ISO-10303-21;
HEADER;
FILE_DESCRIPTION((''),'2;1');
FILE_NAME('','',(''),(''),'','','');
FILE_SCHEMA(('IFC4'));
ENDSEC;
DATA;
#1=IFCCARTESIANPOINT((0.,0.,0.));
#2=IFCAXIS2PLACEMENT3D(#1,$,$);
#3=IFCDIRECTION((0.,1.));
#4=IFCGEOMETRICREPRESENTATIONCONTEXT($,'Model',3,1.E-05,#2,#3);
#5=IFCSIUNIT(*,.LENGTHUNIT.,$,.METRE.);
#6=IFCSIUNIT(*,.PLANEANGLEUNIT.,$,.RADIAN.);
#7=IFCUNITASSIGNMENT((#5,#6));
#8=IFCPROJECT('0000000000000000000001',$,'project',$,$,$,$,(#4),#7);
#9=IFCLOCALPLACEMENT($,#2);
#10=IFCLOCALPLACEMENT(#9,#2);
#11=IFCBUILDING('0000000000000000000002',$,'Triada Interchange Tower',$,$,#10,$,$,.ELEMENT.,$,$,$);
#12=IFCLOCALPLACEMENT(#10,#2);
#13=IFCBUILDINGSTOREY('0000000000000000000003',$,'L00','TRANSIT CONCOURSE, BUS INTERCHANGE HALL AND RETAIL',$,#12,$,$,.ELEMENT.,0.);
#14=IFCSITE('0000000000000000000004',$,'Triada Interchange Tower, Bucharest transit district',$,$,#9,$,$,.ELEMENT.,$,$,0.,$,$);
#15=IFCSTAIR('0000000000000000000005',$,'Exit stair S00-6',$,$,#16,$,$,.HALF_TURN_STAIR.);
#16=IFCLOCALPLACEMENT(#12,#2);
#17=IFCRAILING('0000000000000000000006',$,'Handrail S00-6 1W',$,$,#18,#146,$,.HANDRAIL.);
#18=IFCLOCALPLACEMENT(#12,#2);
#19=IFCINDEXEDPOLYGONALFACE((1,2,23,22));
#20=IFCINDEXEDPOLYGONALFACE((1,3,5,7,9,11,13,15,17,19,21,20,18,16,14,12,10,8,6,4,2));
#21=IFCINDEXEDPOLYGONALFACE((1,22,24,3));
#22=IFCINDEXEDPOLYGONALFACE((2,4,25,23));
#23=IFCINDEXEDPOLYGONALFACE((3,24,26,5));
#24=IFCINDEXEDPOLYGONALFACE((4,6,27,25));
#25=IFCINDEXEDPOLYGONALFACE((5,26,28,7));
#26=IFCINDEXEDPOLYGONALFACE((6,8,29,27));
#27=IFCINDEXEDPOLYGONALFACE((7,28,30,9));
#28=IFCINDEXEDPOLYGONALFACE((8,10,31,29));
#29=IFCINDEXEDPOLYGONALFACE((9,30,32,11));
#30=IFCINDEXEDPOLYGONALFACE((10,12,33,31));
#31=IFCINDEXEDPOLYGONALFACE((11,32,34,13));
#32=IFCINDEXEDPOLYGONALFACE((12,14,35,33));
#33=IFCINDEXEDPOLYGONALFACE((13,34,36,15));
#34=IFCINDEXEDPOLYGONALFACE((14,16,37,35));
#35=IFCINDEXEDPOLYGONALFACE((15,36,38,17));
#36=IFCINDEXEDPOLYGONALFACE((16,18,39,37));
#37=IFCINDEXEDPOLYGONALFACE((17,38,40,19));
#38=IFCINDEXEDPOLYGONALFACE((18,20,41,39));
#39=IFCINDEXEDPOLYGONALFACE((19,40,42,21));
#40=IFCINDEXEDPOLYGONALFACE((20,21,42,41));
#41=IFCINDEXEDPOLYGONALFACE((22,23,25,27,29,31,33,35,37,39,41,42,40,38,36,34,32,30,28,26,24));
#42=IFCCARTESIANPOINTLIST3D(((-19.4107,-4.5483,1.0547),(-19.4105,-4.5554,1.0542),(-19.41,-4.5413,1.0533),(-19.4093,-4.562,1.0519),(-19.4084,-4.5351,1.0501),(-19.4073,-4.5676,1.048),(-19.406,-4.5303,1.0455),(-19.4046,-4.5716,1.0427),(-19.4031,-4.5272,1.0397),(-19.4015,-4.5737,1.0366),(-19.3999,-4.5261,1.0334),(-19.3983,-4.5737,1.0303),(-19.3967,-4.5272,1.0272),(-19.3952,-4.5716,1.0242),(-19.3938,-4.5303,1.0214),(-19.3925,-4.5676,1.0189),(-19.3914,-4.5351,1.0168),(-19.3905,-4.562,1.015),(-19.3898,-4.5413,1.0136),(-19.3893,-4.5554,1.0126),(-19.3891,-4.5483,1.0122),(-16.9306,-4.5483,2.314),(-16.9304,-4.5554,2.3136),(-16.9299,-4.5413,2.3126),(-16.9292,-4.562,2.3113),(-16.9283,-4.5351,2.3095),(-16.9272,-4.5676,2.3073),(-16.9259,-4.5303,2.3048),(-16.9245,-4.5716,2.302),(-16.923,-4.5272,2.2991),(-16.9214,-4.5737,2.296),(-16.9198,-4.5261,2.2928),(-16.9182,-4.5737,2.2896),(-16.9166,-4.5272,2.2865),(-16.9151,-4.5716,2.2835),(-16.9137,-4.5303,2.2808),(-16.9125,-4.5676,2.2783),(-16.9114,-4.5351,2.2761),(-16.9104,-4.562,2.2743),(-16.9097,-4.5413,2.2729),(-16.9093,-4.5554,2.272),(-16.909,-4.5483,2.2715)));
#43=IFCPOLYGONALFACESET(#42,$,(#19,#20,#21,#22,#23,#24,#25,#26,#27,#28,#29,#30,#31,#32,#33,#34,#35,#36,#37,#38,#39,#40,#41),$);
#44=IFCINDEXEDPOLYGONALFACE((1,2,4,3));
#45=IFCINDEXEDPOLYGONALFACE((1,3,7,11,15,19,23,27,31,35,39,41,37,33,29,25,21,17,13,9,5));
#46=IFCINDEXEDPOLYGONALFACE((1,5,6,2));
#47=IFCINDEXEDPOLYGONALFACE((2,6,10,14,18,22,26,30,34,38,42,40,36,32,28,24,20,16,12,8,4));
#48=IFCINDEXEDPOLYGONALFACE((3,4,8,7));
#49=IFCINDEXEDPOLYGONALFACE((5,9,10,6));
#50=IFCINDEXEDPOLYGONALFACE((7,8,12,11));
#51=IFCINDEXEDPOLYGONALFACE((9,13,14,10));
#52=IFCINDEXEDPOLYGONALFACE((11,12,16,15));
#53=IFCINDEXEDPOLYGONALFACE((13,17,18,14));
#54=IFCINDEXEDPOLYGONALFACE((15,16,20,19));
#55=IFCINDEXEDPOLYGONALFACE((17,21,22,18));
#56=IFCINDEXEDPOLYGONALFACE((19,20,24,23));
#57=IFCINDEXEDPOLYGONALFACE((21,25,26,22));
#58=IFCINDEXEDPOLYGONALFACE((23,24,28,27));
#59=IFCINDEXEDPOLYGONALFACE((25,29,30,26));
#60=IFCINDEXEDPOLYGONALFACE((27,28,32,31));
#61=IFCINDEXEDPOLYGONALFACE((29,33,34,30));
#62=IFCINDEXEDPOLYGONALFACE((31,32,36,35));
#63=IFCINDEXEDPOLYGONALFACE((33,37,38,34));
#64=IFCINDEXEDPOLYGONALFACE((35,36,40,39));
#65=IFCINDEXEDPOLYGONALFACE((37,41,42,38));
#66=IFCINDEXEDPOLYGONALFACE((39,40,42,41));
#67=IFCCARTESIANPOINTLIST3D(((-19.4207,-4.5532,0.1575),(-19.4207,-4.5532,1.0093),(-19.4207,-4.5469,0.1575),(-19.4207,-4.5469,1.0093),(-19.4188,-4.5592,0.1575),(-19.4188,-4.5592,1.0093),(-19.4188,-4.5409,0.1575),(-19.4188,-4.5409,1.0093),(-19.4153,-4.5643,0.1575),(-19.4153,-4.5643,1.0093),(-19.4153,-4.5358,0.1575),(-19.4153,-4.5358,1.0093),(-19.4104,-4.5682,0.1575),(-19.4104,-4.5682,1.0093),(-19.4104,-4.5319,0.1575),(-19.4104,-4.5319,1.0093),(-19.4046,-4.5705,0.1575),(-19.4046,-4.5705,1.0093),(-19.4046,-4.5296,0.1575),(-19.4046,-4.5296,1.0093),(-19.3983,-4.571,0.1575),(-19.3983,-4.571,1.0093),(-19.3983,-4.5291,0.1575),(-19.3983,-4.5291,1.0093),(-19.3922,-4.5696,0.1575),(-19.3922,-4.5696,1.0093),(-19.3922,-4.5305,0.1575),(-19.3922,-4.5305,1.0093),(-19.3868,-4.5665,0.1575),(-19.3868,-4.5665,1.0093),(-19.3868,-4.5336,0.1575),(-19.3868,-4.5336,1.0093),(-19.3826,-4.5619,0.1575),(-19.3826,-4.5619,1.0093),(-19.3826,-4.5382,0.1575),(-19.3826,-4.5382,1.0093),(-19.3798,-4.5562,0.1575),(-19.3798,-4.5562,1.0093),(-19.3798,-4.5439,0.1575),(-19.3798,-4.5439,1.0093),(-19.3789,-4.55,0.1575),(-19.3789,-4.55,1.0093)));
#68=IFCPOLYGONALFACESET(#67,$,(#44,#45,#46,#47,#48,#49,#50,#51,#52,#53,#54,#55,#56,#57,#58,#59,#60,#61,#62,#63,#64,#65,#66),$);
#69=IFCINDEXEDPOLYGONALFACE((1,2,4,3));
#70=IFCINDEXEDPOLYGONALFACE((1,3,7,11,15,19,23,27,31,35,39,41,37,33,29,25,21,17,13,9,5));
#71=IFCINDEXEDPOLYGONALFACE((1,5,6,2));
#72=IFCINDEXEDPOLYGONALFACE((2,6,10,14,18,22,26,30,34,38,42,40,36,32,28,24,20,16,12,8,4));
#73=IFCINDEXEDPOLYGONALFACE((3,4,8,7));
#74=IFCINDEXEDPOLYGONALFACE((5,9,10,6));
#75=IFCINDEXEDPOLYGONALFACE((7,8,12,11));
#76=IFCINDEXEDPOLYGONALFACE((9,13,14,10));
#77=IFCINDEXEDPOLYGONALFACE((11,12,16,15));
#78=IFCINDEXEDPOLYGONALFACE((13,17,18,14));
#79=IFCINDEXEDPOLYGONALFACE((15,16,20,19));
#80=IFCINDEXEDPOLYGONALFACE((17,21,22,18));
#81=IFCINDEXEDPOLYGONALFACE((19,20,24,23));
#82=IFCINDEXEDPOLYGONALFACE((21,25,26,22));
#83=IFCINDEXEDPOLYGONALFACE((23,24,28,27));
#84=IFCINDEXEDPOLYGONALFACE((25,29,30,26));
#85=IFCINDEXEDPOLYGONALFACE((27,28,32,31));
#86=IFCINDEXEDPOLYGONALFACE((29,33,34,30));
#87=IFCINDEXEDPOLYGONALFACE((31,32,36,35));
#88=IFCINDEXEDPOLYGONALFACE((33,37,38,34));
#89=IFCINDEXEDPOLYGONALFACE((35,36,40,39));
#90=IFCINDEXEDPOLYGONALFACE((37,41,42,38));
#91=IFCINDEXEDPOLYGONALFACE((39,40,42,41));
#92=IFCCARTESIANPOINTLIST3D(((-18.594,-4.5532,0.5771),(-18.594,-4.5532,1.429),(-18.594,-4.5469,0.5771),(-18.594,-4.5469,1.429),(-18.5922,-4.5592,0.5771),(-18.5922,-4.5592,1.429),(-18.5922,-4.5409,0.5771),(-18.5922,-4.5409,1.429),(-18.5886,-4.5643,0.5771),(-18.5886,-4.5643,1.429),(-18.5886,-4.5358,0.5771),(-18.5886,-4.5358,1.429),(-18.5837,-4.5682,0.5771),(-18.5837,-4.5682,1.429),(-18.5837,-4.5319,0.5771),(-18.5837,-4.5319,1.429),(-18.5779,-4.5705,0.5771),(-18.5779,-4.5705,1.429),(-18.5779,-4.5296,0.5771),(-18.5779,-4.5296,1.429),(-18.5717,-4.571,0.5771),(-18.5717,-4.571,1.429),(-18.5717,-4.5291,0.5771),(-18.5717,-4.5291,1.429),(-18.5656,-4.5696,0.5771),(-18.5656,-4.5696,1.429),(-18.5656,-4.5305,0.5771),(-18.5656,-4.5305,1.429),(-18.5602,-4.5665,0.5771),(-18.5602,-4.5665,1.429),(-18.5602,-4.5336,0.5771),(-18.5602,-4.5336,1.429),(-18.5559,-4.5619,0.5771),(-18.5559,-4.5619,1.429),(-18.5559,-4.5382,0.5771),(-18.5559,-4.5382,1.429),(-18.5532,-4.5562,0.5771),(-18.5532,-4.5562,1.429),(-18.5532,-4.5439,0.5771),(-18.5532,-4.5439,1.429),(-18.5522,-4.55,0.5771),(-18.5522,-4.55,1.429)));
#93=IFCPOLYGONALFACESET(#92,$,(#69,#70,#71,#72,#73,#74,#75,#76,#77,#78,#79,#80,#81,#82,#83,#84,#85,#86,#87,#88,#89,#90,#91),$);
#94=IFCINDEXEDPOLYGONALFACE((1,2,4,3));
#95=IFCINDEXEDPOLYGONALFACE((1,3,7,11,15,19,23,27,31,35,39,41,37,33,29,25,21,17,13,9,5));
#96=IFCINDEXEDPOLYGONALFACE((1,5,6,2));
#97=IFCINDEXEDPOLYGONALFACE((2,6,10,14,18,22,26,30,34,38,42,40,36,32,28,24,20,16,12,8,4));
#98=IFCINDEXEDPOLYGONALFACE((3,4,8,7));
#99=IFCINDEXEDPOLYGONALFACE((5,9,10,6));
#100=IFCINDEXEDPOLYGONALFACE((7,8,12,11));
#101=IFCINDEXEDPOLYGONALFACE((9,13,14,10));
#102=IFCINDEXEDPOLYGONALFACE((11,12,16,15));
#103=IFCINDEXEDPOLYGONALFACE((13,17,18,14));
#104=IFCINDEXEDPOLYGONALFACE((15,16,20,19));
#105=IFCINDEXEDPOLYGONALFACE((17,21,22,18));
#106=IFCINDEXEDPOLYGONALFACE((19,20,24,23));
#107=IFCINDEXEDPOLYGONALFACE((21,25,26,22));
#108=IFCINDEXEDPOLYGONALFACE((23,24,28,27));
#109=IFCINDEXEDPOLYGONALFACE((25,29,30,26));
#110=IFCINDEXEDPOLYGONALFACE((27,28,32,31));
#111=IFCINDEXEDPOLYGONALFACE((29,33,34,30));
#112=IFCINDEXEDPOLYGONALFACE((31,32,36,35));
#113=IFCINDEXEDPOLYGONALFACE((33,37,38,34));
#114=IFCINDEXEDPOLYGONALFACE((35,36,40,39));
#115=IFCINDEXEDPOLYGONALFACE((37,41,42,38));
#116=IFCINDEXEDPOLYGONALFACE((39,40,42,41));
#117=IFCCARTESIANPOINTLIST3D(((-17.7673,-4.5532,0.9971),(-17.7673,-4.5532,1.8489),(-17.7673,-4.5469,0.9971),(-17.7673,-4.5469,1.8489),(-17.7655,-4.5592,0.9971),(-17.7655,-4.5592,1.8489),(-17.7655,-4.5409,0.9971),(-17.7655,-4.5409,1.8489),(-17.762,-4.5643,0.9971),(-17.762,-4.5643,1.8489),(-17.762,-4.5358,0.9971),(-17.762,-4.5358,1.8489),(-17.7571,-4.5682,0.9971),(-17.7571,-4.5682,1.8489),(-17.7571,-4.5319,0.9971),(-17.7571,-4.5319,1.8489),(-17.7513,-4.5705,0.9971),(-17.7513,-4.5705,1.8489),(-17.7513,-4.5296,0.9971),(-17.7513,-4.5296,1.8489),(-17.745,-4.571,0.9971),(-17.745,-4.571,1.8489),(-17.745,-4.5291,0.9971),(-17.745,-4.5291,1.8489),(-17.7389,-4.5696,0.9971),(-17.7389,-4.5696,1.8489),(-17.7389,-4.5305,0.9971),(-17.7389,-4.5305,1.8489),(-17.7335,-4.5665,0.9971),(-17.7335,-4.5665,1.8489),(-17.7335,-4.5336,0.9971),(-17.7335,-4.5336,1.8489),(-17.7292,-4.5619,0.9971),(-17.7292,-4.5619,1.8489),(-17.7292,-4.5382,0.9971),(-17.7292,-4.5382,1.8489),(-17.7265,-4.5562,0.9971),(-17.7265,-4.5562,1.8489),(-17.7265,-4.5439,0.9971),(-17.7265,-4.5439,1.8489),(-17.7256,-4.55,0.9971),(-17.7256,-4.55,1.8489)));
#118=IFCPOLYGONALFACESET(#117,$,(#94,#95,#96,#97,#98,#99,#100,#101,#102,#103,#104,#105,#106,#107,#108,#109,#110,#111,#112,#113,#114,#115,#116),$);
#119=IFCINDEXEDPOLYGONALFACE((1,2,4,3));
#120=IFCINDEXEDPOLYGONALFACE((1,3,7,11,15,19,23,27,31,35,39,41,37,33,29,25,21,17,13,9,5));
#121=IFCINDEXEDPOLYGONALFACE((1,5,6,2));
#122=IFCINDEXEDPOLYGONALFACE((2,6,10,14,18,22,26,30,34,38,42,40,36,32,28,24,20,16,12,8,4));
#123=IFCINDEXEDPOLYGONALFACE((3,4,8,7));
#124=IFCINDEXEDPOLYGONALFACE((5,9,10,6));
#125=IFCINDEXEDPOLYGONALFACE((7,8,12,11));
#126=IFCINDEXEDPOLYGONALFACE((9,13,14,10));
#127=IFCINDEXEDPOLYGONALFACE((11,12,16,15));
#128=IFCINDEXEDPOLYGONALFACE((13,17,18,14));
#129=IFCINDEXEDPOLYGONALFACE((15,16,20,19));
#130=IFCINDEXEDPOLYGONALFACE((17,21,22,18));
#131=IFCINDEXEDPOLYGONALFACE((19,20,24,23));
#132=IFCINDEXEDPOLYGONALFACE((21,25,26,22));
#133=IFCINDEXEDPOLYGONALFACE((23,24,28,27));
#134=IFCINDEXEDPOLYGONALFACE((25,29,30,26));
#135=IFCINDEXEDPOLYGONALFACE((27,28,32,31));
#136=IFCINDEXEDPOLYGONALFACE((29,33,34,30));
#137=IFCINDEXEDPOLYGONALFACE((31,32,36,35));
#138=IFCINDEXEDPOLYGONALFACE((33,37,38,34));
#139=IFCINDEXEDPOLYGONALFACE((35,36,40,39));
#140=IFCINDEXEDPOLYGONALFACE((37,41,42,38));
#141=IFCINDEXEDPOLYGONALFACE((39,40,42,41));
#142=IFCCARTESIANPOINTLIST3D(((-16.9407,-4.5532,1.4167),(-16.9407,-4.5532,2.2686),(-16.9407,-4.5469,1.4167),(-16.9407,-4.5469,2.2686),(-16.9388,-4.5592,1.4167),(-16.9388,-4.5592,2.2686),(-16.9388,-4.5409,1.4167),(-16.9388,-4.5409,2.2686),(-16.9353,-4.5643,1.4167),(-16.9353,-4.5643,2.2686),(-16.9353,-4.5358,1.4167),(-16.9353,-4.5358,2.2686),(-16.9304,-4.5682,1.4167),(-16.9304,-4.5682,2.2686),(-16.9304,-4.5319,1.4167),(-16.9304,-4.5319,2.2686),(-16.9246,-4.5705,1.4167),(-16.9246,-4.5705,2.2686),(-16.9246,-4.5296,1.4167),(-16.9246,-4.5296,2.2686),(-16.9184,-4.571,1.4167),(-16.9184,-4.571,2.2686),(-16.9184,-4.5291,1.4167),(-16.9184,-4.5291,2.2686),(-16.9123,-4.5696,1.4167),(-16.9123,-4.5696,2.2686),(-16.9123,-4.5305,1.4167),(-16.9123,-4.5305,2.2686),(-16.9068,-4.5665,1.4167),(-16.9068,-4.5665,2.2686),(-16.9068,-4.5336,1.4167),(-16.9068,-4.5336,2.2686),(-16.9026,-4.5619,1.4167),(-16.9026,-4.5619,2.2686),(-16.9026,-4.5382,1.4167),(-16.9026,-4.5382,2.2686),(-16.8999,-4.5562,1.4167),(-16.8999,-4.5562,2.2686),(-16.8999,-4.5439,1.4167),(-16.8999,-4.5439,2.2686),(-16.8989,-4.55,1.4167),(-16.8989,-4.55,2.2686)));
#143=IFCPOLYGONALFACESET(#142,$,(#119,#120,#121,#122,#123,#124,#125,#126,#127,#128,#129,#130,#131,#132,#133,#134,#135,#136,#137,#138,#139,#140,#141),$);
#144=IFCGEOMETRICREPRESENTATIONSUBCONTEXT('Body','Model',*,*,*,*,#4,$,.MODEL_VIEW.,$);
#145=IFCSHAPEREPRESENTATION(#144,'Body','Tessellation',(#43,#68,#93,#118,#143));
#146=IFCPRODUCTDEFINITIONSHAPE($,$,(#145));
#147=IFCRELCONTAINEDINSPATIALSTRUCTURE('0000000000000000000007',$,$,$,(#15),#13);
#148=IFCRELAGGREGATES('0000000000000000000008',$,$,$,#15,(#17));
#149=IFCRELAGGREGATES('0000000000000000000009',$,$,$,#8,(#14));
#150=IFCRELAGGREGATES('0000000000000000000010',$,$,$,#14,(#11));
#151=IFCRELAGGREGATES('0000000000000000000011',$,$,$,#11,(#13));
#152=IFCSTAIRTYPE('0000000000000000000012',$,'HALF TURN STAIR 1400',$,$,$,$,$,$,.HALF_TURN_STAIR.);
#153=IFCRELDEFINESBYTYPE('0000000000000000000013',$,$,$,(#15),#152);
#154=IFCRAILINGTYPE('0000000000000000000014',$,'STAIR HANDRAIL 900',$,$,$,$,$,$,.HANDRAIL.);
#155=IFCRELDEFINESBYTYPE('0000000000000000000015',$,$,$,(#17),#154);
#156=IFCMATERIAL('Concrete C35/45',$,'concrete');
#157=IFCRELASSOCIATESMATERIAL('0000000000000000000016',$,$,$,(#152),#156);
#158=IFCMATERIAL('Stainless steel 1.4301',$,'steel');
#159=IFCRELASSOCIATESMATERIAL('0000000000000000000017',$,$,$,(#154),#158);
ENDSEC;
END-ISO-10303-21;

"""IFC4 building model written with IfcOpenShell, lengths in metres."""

from ifc_helpers import new_model, si_unit, direction, frame, origin, origin_2d, place, context, subcontext, project, spatial, circle, extrude, material, type_object, element, aggregate, save


model = new_model("IFC4")

# Units and contexts
model_context = context("Model", 3, precision=1e-05, world=origin(), true_north=direction((0.0, 1.0)))
body_context = subcontext(model_context, "Body", "Model", "MODEL_VIEW")
ifc_project = project(units=[si_unit("LENGTHUNIT", "METRE"), si_unit("PLANEANGLEUNIT", "RADIAN")], contexts=[model_context])

# Site, building, storey
site_placement = place(None, origin())
site = spatial("IfcSite", under=ifc_project, at=site_placement, Name="Triada Interchange Tower, Bucharest transit district", CompositionType="ELEMENT", RefElevation=0.0)
building_placement = place(site_placement, origin())
building = spatial("IfcBuilding", under=site, at=building_placement, Name="Triada Interchange Tower", CompositionType="ELEMENT")
storey_placement = place(building_placement, origin())
storey = spatial("IfcBuildingStorey", under=building, at=storey_placement, Name="L00", Description="TRANSIT CONCOURSE, BUS INTERCHANGE HALL AND RETAIL", CompositionType="ELEMENT", Elevation=0.0)

# Shared definitions
ifc_material_1 = material(Name="Concrete C35/45", Category="concrete")

# Stair, railing
stair_type = type_object("IfcStairType", Name="HALF TURN STAIR 1400", PredefinedType="HALF_TURN_STAIR", material=ifc_material_1)
stair_placement = place(storey_placement, origin())
stair = element("IfcStair", 1, at=stair_placement, inside=storey, type_object=stair_type, Name="Exit stair S00-6", PredefinedType="HALF_TURN_STAIR")
ifc_material_2 = material(Name="Stainless steel 1.4301", Category="steel")
railing_type_1 = type_object("IfcRailingType", Name="STAIR HANDRAIL 900", PredefinedType="HANDRAIL", material=ifc_material_2)
railing_1_placement = place(storey_placement, frame((-19.3999, -4.55, 0.1575)))
railing_1 = element("IfcRailing", 2, at=railing_1_placement, type_object=railing_type_1, Name="Handrail S00-6 1W", PredefinedType="HANDRAIL", context=body_context, shape_type="SweptSolid", body=[
    extrude(circle(Radius=0.0239, at=origin_2d()), frame((0.0, 0.0, 0.876), z_axis=(0.891636, 0.0, 0.452752), x_axis=(0.0, 1.0, 0.0)), (0.0, 0.0, 1.0), 2.7815),
    extrude(circle(Radius=0.021, at=origin_2d()), origin(), (0.0, 0.0, 1.0), 0.8518),
    extrude(circle(Radius=0.021, at=origin_2d()), frame((0.8267, 0.0, 0.4197)), (0.0, 0.0, 1.0), 0.8518),
    extrude(circle(Radius=0.021, at=origin_2d()), frame((1.6533, 0.0, 0.8396)), (0.0, 0.0, 1.0), 0.8518),
    extrude(circle(Radius=0.021, at=origin_2d()), frame((2.48, 0.0, 1.2593)), (0.0, 0.0, 1.0), 0.8518),
])
aggregate(stair, [railing_1])

save(model, "model.ifc")
